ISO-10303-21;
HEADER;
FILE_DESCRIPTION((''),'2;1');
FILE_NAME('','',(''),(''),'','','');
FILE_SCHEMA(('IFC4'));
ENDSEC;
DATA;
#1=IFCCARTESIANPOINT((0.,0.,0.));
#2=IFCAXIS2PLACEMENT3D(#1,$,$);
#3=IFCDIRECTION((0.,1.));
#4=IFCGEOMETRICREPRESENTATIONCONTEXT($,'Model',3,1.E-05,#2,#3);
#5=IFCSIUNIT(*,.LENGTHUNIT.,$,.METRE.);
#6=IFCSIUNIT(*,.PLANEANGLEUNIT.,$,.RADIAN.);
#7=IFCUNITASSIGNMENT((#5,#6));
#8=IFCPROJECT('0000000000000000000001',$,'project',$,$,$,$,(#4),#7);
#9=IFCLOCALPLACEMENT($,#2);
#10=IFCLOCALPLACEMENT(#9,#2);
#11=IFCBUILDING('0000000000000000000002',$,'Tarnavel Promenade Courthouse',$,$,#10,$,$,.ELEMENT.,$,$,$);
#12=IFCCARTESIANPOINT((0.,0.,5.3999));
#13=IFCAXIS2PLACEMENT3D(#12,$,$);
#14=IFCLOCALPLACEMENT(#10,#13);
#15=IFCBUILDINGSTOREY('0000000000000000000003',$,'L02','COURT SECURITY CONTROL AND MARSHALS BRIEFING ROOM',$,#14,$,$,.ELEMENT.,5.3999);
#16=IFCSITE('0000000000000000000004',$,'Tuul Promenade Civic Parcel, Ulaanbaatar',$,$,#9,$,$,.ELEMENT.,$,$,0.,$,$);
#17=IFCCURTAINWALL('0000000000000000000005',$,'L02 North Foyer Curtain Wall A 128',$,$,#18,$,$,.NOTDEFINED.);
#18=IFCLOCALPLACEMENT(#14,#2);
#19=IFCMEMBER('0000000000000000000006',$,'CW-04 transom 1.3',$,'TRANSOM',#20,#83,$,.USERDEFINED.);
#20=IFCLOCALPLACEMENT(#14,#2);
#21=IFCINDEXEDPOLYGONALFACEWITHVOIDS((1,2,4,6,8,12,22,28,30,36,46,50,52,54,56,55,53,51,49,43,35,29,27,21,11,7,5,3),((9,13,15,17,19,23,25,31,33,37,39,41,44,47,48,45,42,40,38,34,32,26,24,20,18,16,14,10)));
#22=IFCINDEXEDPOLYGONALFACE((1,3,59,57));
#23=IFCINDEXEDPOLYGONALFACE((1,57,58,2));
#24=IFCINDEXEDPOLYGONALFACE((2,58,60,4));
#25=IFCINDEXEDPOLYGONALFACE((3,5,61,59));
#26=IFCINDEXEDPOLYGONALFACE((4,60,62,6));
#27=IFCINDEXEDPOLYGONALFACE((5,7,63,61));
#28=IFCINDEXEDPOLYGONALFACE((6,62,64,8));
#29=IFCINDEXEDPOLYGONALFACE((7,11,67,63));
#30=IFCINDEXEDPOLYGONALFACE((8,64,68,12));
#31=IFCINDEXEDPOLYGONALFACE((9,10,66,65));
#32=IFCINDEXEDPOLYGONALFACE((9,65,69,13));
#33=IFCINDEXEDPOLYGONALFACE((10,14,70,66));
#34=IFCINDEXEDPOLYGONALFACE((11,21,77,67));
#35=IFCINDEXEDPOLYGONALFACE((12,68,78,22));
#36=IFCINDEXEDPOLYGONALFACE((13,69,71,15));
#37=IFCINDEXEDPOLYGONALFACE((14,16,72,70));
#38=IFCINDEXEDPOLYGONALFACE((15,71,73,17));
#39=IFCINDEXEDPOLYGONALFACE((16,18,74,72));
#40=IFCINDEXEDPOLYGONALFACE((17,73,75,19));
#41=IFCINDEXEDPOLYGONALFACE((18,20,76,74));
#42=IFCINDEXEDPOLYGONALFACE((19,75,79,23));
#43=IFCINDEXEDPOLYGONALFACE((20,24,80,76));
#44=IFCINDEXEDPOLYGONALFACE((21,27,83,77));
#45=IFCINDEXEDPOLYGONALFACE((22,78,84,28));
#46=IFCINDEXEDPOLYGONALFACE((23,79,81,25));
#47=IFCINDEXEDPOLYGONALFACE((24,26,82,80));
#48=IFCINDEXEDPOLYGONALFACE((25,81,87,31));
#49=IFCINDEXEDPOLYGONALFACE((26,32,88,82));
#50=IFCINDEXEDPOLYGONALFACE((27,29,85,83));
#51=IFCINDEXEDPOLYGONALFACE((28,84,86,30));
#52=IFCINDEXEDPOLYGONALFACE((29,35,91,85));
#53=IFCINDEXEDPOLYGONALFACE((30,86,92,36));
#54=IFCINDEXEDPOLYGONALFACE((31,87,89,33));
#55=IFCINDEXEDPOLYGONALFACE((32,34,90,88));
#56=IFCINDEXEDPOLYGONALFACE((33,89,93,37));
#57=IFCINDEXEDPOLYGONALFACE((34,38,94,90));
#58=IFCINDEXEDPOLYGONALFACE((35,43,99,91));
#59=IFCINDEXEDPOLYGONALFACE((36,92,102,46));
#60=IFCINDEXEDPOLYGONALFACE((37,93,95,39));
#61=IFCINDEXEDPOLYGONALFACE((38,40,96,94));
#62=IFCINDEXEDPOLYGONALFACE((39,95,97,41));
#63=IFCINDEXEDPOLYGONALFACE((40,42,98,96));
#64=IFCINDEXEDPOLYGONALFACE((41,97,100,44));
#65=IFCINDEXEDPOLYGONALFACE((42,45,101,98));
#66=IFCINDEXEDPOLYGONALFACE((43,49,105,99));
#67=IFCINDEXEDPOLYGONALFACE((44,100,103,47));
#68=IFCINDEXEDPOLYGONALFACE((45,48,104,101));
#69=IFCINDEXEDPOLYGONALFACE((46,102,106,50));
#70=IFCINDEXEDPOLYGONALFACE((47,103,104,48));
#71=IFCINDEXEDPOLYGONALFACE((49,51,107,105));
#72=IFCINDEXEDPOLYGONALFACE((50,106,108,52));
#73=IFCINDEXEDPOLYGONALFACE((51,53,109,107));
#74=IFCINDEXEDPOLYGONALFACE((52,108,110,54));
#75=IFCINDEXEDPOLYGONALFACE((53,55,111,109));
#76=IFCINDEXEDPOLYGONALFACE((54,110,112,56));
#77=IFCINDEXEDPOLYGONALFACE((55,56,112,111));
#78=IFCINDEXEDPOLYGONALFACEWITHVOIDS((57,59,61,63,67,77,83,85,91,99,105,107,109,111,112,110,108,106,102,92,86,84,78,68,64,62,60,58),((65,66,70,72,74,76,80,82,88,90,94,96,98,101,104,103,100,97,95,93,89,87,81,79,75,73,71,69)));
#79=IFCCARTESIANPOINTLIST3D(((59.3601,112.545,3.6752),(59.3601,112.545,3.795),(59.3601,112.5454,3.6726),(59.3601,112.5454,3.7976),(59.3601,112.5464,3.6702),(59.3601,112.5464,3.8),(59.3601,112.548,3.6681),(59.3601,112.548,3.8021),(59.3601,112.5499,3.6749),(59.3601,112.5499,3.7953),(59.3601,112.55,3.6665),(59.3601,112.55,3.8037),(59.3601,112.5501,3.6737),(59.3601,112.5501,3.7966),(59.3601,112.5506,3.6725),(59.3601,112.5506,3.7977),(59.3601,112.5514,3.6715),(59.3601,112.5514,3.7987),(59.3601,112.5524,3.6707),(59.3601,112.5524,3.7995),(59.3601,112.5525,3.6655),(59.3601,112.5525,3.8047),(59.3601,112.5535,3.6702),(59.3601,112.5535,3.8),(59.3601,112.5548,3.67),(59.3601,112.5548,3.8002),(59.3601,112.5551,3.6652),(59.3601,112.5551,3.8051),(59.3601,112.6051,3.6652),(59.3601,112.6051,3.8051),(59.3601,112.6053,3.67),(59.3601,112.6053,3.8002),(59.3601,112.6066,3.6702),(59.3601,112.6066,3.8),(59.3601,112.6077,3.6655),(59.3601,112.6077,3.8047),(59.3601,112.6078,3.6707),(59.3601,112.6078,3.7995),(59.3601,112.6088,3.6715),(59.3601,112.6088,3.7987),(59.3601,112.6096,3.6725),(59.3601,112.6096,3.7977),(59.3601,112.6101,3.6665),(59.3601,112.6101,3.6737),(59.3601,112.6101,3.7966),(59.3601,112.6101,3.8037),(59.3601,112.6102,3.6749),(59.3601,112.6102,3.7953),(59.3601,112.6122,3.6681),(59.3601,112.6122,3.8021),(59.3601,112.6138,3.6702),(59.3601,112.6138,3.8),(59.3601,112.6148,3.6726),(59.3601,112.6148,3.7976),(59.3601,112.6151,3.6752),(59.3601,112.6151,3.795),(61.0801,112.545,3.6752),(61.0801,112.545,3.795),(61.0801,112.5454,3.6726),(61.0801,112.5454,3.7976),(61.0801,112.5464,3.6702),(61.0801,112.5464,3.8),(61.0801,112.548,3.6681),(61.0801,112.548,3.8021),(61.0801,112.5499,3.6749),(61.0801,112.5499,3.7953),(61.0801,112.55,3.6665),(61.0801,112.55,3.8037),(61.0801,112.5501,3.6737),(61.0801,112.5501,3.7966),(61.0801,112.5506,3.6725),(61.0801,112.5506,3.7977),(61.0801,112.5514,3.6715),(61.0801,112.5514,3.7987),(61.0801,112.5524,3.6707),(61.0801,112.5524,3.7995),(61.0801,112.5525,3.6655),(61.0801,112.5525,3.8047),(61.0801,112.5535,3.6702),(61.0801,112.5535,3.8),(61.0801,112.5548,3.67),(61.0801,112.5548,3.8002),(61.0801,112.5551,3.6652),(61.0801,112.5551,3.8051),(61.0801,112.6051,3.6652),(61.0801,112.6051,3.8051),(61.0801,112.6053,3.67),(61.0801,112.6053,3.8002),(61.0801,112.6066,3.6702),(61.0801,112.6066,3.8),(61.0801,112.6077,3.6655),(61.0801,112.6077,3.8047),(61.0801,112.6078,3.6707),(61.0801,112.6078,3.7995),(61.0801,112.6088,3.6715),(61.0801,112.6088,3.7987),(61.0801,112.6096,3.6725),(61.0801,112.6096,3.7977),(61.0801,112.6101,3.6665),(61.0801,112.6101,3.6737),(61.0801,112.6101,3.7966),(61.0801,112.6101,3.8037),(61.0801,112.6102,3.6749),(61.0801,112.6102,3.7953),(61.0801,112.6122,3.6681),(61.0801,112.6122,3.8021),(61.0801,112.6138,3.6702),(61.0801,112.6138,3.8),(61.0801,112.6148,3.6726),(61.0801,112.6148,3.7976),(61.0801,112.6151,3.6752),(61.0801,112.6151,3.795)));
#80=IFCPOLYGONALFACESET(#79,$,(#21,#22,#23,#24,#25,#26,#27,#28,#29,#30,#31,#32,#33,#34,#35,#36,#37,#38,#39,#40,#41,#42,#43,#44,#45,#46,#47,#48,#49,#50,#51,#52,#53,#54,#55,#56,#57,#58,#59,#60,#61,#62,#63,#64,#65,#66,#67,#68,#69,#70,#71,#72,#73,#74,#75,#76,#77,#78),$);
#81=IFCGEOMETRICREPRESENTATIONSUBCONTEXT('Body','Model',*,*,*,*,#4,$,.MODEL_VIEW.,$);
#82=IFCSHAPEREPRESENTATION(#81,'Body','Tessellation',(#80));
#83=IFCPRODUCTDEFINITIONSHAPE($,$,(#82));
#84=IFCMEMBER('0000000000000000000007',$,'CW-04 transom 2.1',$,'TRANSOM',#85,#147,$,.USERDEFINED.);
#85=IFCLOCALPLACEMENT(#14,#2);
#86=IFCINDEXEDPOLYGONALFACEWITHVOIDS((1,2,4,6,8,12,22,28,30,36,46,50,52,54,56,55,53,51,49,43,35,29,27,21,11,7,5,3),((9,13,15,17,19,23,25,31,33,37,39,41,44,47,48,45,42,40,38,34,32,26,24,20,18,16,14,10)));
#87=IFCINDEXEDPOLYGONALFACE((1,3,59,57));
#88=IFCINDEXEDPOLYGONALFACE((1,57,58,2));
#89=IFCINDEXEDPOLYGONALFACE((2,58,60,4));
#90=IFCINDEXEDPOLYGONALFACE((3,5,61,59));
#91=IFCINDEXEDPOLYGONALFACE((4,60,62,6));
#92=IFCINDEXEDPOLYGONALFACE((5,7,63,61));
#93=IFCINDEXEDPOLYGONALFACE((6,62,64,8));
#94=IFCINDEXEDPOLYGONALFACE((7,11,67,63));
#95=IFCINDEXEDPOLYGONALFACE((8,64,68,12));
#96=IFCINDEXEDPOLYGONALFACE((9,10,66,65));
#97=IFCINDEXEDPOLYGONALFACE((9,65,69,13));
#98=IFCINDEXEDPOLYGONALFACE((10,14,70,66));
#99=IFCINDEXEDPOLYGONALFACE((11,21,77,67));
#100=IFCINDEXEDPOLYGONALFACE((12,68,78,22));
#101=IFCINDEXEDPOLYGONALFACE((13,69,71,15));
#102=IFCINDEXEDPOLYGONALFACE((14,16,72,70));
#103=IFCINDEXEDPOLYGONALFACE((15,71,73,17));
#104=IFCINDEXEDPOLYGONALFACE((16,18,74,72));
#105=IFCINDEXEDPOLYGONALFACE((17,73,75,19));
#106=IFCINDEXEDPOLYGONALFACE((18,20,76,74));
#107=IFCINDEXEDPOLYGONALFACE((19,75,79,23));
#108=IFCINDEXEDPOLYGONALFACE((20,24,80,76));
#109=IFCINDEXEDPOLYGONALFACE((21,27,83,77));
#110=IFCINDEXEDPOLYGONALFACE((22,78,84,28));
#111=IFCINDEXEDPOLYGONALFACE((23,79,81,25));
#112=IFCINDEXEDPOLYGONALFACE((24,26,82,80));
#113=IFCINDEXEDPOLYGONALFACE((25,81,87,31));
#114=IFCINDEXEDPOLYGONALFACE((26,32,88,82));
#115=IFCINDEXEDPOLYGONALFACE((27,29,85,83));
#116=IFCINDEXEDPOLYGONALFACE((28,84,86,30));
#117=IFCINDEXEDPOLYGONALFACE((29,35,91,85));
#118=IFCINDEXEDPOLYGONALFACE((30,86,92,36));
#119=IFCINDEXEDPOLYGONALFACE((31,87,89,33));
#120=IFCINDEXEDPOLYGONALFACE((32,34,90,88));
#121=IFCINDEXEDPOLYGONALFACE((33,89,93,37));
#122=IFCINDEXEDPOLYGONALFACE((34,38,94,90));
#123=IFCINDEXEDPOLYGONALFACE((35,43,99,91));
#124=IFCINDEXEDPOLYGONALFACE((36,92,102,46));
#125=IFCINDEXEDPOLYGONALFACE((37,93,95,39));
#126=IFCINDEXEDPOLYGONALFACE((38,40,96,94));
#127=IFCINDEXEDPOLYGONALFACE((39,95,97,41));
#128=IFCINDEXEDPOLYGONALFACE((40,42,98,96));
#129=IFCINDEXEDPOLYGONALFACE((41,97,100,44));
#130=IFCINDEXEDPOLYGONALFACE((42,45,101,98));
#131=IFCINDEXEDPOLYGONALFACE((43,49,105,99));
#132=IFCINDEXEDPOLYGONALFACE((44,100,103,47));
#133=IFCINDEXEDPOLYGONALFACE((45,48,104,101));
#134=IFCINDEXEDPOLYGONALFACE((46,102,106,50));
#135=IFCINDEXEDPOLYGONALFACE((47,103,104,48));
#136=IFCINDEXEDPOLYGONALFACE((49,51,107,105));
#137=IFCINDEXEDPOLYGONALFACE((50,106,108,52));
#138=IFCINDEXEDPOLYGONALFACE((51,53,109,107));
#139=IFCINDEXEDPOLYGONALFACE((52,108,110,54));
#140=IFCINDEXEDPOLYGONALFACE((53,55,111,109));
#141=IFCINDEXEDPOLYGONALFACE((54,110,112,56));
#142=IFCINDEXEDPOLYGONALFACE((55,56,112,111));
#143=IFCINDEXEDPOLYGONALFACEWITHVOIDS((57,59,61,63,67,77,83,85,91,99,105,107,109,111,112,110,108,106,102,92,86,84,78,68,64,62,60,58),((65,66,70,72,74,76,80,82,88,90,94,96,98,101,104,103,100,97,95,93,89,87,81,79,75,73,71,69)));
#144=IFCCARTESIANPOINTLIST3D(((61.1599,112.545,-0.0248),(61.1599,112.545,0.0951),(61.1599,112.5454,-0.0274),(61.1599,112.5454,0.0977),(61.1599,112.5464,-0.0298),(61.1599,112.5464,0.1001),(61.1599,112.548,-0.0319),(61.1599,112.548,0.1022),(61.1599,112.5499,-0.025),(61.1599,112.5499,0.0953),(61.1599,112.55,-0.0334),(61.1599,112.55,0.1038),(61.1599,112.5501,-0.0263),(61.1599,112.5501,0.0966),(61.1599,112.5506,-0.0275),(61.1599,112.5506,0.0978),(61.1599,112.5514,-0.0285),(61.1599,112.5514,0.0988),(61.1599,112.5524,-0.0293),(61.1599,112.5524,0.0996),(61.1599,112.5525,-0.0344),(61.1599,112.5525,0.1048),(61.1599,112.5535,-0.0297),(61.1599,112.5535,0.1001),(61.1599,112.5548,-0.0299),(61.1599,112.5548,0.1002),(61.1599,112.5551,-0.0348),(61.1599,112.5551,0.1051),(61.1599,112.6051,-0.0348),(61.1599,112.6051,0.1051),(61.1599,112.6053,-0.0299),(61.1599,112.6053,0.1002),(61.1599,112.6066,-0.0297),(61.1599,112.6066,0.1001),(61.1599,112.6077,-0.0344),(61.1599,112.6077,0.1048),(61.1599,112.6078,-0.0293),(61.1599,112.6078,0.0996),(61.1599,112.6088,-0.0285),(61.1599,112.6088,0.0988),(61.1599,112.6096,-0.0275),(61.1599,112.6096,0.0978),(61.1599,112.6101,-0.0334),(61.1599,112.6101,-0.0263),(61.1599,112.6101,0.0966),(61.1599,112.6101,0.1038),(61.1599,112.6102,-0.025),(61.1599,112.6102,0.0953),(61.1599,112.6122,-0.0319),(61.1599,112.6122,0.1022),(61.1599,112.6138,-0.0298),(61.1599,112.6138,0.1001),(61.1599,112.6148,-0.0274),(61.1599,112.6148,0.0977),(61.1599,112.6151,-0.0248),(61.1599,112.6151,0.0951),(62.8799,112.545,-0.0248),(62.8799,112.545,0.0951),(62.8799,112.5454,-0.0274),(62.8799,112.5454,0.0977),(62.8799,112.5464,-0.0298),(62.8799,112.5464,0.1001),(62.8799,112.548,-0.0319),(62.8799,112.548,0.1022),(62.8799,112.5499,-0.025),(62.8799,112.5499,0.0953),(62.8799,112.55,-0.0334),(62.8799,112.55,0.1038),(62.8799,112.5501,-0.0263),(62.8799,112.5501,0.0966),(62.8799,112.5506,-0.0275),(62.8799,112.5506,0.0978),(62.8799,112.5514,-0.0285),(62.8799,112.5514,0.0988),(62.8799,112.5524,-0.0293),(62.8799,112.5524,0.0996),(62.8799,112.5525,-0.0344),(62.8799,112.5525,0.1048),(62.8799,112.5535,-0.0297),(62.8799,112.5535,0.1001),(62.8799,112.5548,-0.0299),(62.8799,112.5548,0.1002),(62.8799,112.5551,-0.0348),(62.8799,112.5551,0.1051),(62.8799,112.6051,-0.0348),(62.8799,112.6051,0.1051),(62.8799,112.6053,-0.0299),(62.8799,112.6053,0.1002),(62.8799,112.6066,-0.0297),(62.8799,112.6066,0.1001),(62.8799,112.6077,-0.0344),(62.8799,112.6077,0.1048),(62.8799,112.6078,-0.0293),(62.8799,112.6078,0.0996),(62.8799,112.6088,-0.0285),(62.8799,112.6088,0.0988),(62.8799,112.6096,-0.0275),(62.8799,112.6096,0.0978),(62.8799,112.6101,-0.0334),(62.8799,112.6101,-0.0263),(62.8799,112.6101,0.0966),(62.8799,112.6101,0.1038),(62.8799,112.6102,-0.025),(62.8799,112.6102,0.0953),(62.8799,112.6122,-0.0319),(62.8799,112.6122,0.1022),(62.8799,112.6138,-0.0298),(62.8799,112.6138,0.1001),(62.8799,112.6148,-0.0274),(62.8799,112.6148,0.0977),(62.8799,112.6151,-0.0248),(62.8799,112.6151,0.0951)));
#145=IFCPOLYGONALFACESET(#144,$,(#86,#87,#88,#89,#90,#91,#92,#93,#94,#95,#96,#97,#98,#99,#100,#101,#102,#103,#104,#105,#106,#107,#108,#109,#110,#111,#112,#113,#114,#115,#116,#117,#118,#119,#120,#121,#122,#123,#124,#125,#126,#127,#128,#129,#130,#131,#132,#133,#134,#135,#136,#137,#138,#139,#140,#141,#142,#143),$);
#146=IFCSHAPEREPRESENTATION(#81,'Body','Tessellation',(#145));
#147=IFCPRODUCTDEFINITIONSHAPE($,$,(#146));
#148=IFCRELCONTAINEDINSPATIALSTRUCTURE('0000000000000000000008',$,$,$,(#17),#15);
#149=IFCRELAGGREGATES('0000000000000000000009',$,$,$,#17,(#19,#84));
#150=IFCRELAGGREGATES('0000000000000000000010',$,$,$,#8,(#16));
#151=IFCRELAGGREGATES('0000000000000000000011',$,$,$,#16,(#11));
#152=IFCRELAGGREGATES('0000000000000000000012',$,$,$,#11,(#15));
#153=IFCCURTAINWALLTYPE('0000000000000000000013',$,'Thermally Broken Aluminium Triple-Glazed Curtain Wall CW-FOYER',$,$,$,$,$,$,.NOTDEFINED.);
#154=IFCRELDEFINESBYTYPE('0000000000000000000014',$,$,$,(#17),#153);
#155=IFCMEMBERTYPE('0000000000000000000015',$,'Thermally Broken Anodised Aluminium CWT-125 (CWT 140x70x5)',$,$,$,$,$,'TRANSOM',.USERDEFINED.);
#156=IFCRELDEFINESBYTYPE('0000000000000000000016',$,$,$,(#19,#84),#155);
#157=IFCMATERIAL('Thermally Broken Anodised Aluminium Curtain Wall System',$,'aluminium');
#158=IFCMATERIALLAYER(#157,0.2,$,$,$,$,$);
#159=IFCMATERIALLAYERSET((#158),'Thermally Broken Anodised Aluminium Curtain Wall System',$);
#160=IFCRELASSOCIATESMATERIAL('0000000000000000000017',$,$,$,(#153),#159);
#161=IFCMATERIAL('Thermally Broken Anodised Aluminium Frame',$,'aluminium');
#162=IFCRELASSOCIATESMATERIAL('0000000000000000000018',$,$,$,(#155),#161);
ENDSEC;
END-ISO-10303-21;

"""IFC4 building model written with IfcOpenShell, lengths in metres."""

from ifc_helpers import new_model, si_unit, direction, frame, origin, origin_2d, place, context, subcontext, project, spatial, hollow_rectangle, extrude, material, layer, layer_set, material_profile, profile_set, type_object, element, aggregate, save


model = new_model("IFC4")

# Units and contexts
model_context = context("Model", 3, precision=1e-05, world=origin(), true_north=direction((0.0, 1.0)))
body_context = subcontext(model_context, "Body", "Model", "MODEL_VIEW")
ifc_project = project(units=[si_unit("LENGTHUNIT", "METRE"), si_unit("PLANEANGLEUNIT", "RADIAN")], contexts=[model_context])

# Site, building, storey
site_placement = place(None, origin())
site = spatial("IfcSite", under=ifc_project, at=site_placement, Name="Tuul Promenade Civic Parcel, Ulaanbaatar", CompositionType="ELEMENT", RefElevation=0.0)
building_placement = place(site_placement, origin())
building = spatial("IfcBuilding", under=site, at=building_placement, Name="Tarnavel Promenade Courthouse", CompositionType="ELEMENT")
storey_placement = place(building_placement, frame((0.0, 0.0, 5.3999)))
storey = spatial("IfcBuildingStorey", under=building, at=storey_placement, Name="L02", Description="COURT SECURITY CONTROL AND MARSHALS BRIEFING ROOM", CompositionType="ELEMENT", Elevation=5.3999)

# Curtain wall
ifc_material_1 = material(Name="Thermally Broken Anodised Aluminium Curtain Wall System", Category="aluminium")
ifc_layer_1 = layer(ifc_material_1, 0.2)
ifc_layer_set_1 = layer_set([ifc_layer_1], Name="Thermally Broken Anodised Aluminium Curtain Wall System")
curtain_wall_type = type_object("IfcCurtainWallType", Name="Thermally Broken Aluminium Triple-Glazed Curtain Wall CW-FOYER", PredefinedType="NOTDEFINED", material=ifc_layer_set_1)
curtain_wall_1_placement = place(storey_placement, origin())
curtain_wall_1 = element("IfcCurtainWall", 1, at=curtain_wall_1_placement, inside=storey, type_object=curtain_wall_type, Name="L02 North Foyer Curtain Wall A 128", PredefinedType="NOTDEFINED")
ifc_material_2 = material(Name="Thermally Broken Anodised Aluminium Frame", Category="aluminium")

# Members
ifc_material_profile_1 = material_profile(ifc_material_2, hollow_rectangle(XDim=0.0701, YDim=0.1399, WallThickness=0.0049, InnerFilletRadius=0.0049, OuterFilletRadius=0.01, at=origin_2d()), Name="CWT 140x70x5")
ifc_profile_set_1 = profile_set([ifc_material_profile_1], Name="Thermally Broken Anodised Aluminium Frame")
member_type_1 = type_object("IfcMemberType", Name="Thermally Broken Anodised Aluminium CWT-125 (CWT 140x70x5)", ElementType="TRANSOM", PredefinedType="USERDEFINED", material=ifc_profile_set_1)
member_1_placement = place(storey_placement, frame((59.3601, 112.5801, 3.7351), z_axis=(1.0, 0.0, 0.0), x_axis=(0.0, 1.0, 0.0)))
member_1 = element("IfcMember", 2, at=member_1_placement, type_object=member_type_1, Name="CW-04 transom 1.3", ObjectType="TRANSOM", PredefinedType="USERDEFINED", context=body_context, shape_type="SweptSolid", body=[
    extrude(hollow_rectangle(XDim=0.0701, YDim=0.1399, WallThickness=0.0049, InnerFilletRadius=0.0049, OuterFilletRadius=0.01, at=origin_2d()), origin(), (0.0, 0.0, 1.0), 1.72),
])
member_2_placement = place(storey_placement, frame((61.1599, 112.5801, 0.0352), z_axis=(1.0, 0.0, 0.0), x_axis=(0.0, 1.0, 0.0)))
member_2 = element("IfcMember", 3, at=member_2_placement, type_object=member_type_1, Name="CW-04 transom 2.1", ObjectType="TRANSOM", PredefinedType="USERDEFINED", context=body_context, shape_type="SweptSolid", body=[
    extrude(hollow_rectangle(XDim=0.0701, YDim=0.1399, WallThickness=0.0049, InnerFilletRadius=0.0049, OuterFilletRadius=0.01, at=origin_2d()), origin(), (0.0, 0.0, 1.0), 1.72),
])

aggregate(curtain_wall_1, [member_1, member_2])

save(model, "model.ifc")
